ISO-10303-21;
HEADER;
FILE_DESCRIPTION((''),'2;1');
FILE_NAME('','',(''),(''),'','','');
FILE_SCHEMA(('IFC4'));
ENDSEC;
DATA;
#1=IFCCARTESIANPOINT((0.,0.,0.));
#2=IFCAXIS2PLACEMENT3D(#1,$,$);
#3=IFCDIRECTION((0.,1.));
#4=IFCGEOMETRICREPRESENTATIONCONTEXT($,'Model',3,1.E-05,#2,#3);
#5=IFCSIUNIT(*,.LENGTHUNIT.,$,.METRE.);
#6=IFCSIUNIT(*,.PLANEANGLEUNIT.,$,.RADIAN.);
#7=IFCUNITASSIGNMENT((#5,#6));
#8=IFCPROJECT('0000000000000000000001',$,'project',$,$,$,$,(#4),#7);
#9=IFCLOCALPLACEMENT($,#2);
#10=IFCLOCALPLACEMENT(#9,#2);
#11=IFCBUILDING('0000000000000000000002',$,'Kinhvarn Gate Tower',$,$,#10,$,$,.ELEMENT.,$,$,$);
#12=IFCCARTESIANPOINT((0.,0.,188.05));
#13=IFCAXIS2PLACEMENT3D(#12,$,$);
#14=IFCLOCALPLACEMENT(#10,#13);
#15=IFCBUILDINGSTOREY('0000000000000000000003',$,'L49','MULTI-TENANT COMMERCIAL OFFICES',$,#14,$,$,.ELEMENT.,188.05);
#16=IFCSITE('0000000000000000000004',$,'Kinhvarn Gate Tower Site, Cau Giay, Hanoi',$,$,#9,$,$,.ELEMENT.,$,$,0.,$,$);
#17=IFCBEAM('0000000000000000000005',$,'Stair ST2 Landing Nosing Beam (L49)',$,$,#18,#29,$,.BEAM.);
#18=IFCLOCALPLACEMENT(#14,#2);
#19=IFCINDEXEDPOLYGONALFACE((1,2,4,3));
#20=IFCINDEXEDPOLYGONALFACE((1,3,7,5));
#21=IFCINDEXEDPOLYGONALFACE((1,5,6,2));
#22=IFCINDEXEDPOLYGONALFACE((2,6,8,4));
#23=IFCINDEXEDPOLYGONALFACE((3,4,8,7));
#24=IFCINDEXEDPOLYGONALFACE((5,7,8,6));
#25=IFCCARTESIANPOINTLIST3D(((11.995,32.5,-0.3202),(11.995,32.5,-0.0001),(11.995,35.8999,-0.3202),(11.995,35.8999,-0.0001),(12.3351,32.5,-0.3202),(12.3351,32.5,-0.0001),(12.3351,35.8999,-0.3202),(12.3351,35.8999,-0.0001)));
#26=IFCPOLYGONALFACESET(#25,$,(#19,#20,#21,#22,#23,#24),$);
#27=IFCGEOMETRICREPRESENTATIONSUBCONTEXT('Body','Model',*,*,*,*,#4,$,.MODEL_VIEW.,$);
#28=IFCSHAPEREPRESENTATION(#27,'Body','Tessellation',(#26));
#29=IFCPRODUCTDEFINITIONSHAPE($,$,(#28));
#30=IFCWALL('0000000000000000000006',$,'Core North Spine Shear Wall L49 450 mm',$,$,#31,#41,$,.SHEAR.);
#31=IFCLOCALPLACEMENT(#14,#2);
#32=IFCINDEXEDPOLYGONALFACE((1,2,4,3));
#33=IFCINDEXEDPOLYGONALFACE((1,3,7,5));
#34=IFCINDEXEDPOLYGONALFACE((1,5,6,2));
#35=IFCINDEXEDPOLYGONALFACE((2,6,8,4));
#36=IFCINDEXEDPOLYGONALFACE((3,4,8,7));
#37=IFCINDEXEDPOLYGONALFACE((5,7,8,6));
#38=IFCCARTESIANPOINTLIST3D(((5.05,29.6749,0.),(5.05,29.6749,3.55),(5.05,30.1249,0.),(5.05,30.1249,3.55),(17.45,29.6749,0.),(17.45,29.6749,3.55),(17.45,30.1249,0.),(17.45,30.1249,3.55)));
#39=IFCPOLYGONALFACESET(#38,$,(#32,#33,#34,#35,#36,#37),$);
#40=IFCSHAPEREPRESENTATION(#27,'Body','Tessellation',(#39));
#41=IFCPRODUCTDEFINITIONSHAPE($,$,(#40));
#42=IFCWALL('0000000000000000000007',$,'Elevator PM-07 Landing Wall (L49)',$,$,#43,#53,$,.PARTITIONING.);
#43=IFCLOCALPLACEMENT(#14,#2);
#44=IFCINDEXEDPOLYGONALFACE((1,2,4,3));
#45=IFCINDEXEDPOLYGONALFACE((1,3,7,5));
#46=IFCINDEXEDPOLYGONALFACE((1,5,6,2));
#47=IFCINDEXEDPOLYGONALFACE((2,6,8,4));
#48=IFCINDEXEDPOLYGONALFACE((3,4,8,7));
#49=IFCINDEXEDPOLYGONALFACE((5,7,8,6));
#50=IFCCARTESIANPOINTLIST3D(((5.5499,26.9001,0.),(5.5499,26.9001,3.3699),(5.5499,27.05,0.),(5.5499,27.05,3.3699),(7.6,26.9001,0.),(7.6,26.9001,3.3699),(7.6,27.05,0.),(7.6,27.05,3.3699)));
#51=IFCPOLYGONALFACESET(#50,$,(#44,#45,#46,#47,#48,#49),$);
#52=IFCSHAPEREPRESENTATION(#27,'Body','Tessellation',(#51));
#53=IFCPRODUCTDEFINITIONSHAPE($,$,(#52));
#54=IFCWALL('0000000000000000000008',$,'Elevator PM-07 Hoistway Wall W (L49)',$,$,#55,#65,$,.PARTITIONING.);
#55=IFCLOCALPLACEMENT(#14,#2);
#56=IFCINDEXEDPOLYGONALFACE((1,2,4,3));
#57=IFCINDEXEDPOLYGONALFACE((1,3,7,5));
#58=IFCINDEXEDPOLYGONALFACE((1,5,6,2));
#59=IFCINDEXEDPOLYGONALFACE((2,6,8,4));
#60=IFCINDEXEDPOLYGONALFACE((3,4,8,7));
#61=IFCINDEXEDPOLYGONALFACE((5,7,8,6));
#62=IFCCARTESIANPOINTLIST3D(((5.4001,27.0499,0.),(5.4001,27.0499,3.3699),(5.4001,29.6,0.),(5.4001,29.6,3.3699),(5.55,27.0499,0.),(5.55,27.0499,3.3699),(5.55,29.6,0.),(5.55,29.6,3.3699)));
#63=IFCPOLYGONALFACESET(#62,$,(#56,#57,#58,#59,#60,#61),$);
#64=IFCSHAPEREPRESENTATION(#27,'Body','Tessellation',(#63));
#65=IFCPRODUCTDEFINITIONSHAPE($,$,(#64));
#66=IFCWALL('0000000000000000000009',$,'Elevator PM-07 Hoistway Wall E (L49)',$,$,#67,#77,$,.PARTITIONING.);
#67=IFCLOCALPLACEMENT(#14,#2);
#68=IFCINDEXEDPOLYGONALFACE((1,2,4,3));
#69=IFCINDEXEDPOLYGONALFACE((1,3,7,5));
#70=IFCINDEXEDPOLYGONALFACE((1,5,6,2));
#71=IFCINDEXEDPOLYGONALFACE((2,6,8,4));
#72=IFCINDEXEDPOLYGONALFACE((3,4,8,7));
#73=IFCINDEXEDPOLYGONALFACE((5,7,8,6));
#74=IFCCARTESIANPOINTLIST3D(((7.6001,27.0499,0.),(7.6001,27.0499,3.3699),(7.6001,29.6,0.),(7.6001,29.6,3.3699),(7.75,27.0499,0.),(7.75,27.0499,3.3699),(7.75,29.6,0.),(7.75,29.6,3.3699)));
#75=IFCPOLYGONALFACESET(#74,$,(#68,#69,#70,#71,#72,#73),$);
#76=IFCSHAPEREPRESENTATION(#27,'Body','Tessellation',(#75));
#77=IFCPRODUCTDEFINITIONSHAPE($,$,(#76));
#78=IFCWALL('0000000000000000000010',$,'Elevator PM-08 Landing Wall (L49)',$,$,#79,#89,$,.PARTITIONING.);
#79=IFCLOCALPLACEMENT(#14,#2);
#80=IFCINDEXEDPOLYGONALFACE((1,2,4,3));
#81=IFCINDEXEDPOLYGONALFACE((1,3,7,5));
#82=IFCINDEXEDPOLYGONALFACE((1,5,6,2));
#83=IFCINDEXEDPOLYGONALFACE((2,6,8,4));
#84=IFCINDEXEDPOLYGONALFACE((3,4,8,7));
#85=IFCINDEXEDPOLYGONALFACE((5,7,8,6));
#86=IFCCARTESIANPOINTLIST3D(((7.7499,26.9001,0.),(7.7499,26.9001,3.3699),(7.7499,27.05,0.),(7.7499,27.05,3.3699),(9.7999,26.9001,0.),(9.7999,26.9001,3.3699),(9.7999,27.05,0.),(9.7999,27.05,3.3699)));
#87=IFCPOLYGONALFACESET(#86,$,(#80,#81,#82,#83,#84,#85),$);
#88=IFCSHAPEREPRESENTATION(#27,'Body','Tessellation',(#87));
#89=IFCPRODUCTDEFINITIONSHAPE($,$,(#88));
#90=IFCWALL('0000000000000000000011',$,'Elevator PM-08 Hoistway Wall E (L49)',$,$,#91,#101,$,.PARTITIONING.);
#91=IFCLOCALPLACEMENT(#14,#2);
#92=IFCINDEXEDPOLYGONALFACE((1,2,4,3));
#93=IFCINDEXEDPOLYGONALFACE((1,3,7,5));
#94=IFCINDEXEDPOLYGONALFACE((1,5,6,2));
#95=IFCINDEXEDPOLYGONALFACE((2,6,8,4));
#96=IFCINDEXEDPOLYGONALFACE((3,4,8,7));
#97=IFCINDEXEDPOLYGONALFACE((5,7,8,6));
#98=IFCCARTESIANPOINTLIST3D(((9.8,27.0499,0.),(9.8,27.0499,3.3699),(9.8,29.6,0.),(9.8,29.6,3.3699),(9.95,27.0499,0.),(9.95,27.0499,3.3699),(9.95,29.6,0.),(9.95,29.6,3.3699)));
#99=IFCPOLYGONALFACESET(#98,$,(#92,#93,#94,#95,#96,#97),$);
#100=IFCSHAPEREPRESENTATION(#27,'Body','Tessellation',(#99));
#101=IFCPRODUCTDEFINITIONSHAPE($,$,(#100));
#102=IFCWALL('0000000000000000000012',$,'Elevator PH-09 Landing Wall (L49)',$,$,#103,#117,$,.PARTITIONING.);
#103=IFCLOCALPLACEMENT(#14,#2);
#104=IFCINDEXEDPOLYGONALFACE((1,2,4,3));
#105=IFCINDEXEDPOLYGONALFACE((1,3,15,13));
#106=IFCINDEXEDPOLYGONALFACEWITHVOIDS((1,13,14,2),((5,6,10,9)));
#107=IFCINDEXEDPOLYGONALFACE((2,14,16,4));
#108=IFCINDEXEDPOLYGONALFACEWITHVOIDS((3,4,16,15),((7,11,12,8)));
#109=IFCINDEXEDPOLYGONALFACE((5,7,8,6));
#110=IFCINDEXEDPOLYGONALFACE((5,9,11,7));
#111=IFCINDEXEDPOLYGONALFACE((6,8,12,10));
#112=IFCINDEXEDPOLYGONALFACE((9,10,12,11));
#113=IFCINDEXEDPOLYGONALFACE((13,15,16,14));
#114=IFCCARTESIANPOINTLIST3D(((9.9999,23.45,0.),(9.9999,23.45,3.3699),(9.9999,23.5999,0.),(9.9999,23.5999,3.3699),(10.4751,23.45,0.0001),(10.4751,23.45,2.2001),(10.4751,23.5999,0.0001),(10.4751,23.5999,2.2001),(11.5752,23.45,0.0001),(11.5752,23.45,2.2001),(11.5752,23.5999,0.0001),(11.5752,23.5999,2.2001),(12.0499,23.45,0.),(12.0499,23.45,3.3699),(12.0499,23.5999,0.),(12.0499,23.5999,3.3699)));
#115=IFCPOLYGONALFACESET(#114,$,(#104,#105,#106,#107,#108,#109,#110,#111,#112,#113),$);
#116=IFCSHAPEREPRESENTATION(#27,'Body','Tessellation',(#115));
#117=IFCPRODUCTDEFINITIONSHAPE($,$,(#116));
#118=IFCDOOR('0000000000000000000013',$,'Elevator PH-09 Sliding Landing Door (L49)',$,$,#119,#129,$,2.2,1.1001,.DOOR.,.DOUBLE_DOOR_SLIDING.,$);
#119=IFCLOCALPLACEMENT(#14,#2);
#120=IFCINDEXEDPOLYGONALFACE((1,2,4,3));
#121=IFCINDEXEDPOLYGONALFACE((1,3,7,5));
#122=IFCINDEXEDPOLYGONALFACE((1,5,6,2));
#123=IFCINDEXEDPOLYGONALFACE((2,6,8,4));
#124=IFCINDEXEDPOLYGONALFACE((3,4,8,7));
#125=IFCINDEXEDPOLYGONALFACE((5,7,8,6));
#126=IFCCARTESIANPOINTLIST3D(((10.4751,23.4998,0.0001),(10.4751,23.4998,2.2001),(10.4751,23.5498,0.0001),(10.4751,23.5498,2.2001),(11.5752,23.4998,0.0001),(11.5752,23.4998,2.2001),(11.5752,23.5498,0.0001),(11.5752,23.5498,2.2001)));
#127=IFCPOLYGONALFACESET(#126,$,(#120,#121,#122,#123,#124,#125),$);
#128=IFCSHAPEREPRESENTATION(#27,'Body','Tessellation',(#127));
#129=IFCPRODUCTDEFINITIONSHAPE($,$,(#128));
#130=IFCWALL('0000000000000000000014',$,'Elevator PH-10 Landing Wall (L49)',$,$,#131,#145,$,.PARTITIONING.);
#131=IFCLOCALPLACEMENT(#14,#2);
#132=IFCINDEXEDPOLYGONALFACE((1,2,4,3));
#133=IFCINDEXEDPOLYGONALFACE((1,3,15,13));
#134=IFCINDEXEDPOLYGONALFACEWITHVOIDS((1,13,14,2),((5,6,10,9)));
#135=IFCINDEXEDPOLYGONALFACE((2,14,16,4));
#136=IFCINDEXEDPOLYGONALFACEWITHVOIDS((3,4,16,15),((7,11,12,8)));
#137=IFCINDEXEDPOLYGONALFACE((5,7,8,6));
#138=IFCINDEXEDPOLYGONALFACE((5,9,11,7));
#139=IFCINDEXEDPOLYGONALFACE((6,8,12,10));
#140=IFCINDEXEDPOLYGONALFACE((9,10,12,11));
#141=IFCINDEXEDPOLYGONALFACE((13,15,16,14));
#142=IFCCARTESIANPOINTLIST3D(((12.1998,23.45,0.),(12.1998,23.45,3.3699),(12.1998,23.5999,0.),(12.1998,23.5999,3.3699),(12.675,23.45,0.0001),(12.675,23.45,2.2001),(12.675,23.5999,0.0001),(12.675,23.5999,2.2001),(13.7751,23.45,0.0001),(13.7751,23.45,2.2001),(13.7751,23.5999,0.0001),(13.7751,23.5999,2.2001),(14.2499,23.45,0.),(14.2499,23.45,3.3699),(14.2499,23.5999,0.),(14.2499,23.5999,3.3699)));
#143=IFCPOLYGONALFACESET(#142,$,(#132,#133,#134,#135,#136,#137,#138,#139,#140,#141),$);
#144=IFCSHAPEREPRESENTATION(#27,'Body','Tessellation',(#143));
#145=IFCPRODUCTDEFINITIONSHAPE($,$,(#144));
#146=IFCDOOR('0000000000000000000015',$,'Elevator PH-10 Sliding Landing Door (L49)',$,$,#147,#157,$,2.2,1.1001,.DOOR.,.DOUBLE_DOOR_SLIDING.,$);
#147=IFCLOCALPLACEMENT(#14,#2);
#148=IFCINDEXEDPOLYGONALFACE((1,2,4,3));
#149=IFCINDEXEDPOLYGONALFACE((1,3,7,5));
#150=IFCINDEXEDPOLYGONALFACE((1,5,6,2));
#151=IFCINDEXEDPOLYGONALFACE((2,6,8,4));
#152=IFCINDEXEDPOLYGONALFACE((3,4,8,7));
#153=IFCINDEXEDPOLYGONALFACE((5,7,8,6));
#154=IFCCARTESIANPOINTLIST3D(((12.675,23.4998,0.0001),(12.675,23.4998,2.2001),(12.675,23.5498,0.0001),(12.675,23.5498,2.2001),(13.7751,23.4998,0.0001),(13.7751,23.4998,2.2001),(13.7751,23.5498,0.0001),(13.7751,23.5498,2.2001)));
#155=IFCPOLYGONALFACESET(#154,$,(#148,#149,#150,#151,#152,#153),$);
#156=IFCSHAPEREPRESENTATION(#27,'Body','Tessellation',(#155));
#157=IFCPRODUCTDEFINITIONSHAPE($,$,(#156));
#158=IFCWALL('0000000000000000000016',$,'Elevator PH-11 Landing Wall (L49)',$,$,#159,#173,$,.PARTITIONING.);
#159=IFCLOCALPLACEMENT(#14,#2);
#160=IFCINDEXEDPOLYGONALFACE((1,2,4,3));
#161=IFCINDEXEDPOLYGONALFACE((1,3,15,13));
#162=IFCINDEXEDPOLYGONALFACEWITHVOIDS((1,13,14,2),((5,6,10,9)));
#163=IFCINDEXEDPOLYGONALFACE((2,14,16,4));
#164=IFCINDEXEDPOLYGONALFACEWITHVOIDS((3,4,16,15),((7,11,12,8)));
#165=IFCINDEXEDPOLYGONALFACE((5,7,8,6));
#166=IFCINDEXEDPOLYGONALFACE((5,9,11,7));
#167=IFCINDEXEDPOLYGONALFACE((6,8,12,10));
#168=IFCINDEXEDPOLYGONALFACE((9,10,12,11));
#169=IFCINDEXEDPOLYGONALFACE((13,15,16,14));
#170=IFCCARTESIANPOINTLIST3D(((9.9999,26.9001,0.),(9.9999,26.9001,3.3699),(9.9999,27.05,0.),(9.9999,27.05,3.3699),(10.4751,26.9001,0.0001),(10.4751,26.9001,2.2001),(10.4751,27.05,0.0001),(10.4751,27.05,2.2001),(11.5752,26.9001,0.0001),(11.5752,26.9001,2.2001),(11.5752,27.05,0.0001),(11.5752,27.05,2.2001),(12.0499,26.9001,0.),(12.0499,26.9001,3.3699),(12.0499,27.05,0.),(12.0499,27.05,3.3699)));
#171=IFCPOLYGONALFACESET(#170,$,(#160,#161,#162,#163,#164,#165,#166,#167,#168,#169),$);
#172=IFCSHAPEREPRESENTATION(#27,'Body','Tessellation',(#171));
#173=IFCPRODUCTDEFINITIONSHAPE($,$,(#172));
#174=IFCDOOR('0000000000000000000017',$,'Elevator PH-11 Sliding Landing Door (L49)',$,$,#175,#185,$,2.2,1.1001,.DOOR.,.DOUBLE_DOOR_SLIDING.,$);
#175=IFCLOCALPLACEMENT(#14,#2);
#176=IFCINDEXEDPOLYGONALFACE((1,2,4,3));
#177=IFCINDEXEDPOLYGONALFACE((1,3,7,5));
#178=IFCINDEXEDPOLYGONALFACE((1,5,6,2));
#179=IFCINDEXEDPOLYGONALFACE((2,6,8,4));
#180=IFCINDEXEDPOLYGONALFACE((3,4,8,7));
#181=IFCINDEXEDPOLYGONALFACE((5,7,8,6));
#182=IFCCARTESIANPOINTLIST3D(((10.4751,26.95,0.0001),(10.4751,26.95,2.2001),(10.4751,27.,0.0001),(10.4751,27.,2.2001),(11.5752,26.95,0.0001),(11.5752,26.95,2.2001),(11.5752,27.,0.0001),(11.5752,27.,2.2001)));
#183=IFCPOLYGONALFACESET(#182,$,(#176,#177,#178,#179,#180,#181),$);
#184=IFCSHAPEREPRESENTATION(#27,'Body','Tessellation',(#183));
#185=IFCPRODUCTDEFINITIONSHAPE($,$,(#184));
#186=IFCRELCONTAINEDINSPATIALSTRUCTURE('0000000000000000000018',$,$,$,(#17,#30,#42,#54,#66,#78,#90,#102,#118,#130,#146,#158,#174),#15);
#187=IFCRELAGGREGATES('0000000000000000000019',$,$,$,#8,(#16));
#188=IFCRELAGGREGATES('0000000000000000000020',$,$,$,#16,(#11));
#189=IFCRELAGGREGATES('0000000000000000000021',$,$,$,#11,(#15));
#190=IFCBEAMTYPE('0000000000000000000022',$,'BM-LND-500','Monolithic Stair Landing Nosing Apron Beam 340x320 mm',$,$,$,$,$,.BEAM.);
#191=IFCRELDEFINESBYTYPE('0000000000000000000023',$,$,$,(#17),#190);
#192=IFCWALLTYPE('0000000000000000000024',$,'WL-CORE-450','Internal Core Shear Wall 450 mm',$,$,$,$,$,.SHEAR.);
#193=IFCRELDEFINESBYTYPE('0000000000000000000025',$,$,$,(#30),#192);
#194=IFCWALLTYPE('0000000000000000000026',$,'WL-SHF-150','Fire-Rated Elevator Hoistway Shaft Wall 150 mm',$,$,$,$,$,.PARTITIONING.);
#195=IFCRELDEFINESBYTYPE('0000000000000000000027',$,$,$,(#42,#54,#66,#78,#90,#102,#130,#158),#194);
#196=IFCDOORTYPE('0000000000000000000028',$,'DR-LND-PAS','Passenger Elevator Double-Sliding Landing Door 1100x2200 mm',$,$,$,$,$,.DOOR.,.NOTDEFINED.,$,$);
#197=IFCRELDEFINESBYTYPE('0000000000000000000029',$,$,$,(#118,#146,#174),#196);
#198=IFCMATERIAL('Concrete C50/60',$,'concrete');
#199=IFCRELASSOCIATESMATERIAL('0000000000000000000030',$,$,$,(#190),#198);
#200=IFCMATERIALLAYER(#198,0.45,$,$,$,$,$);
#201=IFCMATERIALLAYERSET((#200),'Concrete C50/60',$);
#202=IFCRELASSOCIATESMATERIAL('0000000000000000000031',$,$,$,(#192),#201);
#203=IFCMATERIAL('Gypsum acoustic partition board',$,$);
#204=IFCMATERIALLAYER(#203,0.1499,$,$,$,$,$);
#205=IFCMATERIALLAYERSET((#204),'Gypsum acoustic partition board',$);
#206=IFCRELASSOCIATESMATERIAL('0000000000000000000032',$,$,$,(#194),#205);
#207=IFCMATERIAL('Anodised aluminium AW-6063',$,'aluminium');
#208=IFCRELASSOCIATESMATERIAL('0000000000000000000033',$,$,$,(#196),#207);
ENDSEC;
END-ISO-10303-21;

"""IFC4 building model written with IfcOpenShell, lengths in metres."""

from ifc_helpers import new_model, si_unit, direction, frame, frame_2d, origin, origin_2d, place, context, subcontext, project, spatial, rectangle, extrude, material, layer, layer_set, material_profile, profile_set, type_object, element, fill, save


model = new_model("IFC4")

# Units and contexts
model_context = context("Model", 3, precision=1e-05, world=origin(), true_north=direction((0.0, 1.0)))
body_context = subcontext(model_context, "Body", "Model", "MODEL_VIEW")
ifc_project = project(units=[si_unit("LENGTHUNIT", "METRE"), si_unit("PLANEANGLEUNIT", "RADIAN")], contexts=[model_context])

# Site, building, storey
site_placement = place(None, origin())
site = spatial("IfcSite", under=ifc_project, at=site_placement, Name="Kinhvarn Gate Tower Site, Cau Giay, Hanoi", CompositionType="ELEMENT", RefElevation=0.0)
building_placement = place(site_placement, origin())
building = spatial("IfcBuilding", under=site, at=building_placement, Name="Kinhvarn Gate Tower", CompositionType="ELEMENT")
storey_placement = place(building_placement, frame((0.0, 0.0, 188.05)))
storey = spatial("IfcBuildingStorey", under=building, at=storey_placement, Name="L49", Description="MULTI-TENANT COMMERCIAL OFFICES", CompositionType="ELEMENT", Elevation=188.05)

# Beam
ifc_material_1 = material(Name="Concrete C50/60", Category="concrete")
ifc_material_profile = material_profile(ifc_material_1, rectangle(XDim=0.3401, YDim=0.3201, at=origin_2d()), Name="RC 340x320")
ifc_profile_set = profile_set([ifc_material_profile], Name="Concrete C50/60")
beam_type = type_object("IfcBeamType", Name="BM-LND-500", Description="Monolithic Stair Landing Nosing Apron Beam 340x320 mm", PredefinedType="BEAM", material=ifc_profile_set)
beam_placement = place(storey_placement, frame((12.165, 32.5, -0.1602), z_axis=(0.0, 1.0, 0.0), x_axis=(-1.0, 0.0, 0.0)))
element("IfcBeam", 1, at=beam_placement, inside=storey, type_object=beam_type, Name="Stair ST2 Landing Nosing Beam (L49)", PredefinedType="BEAM", context=body_context, shape_type="SweptSolid", body=[
    extrude(rectangle(XDim=0.3401, YDim=0.3201, at=origin_2d()), origin(), (0.0, 0.0, 1.0), 3.3999),
])

# Walls
ifc_layer_1 = layer(ifc_material_1, 0.45)
ifc_layer_set_1 = layer_set([ifc_layer_1], Name="Concrete C50/60")
wall_type_1 = type_object("IfcWallType", Name="WL-CORE-450", Description="Internal Core Shear Wall 450 mm", PredefinedType="SHEAR", material=ifc_layer_set_1)
wall_1_placement = place(storey_placement, frame((5.05, 29.8999, 0.0), z_axis=(0.0, 0.0, 1.0), x_axis=(1.0, 0.0, 0.0)))
element("IfcWall", 2, at=wall_1_placement, inside=storey, type_object=wall_type_1, Name="Core North Spine Shear Wall L49 450 mm", PredefinedType="SHEAR", context=body_context, shape_type="SweptSolid", body=[
    extrude(rectangle(XDim=12.3999, YDim=0.45, at=frame_2d((6.2, 0.0))), origin(), (0.0, 0.0, 1.0), 3.55),
])
ifc_material_2 = material(Name="Gypsum acoustic partition board")
ifc_layer_2 = layer(ifc_material_2, 0.1499)
ifc_layer_set_2 = layer_set([ifc_layer_2], Name="Gypsum acoustic partition board")
wall_type_2 = type_object("IfcWallType", Name="WL-SHF-150", Description="Fire-Rated Elevator Hoistway Shaft Wall 150 mm", PredefinedType="PARTITIONING", material=ifc_layer_set_2)
wall_2_placement = place(storey_placement, frame((5.55, 26.9751, 0.0), z_axis=(0.0, 0.0, 1.0), x_axis=(1.0, 0.0, 0.0)))
element("IfcWall", 3, at=wall_2_placement, inside=storey, type_object=wall_type_2, Name="Elevator PM-07 Landing Wall (L49)", PredefinedType="PARTITIONING", context=body_context, shape_type="SweptSolid", body=[
    extrude(rectangle(XDim=2.05, YDim=0.1499, at=frame_2d((1.0249, 0.0))), origin(), (0.0, 0.0, 1.0), 3.3699),
])
for number, where, z_axis, x_axis, name in (
    (4, (5.4751, 27.05, 0.0), (0.0, 0.0, 1.0), (0.0, 1.0, 0.0), "Elevator PM-07 Hoistway Wall W (L49)"),
    (5, (7.675, 27.05, 0.0), (0.0, 0.0, 1.0), (0.0, 1.0, 0.0), "Elevator PM-07 Hoistway Wall E (L49)"),
):
    element("IfcWall", number, at=place(storey_placement, frame(where, z_axis=z_axis, x_axis=x_axis)), inside=storey, type_object=wall_type_2, Name=name, PredefinedType="PARTITIONING", context=body_context, shape_type="SweptSolid", body=[
        extrude(rectangle(XDim=2.55, YDim=0.1499, at=frame_2d((1.2749, 0.0))), origin(), (0.0, 0.0, 1.0), 3.3699),
    ])
wall_3_placement = place(storey_placement, frame((7.75, 26.9751, 0.0), z_axis=(0.0, 0.0, 1.0), x_axis=(1.0, 0.0, 0.0)))
element("IfcWall", 6, at=wall_3_placement, inside=storey, type_object=wall_type_2, Name="Elevator PM-08 Landing Wall (L49)", PredefinedType="PARTITIONING", context=body_context, shape_type="SweptSolid", body=[
    extrude(rectangle(XDim=2.05, YDim=0.1499, at=frame_2d((1.0249, 0.0))), origin(), (0.0, 0.0, 1.0), 3.3699),
])
wall_4_placement = place(storey_placement, frame((9.875, 27.05, 0.0), z_axis=(0.0, 0.0, 1.0), x_axis=(0.0, 1.0, 0.0)))
element("IfcWall", 7, at=wall_4_placement, inside=storey, type_object=wall_type_2, Name="Elevator PM-08 Hoistway Wall E (L49)", PredefinedType="PARTITIONING", context=body_context, shape_type="SweptSolid", body=[
    extrude(rectangle(XDim=2.55, YDim=0.1499, at=frame_2d((1.2749, 0.0))), origin(), (0.0, 0.0, 1.0), 3.3699),
])

# Walls, openings, doors
wall_5_placement = place(storey_placement, frame((10.0, 23.5249, 0.0), z_axis=(0.0, 0.0, 1.0), x_axis=(1.0, 0.0, 0.0)))
wall_5 = element("IfcWall", 8, at=wall_5_placement, inside=storey, type_object=wall_type_2, Name="Elevator PH-09 Landing Wall (L49)", PredefinedType="PARTITIONING", context=body_context, shape_type="SweptSolid", body=[
    extrude(rectangle(XDim=2.05, YDim=0.1499, at=frame_2d((1.0249, 0.0))), origin(), (0.0, 0.0, 1.0), 3.3699),
])
opening_1_placement = place(wall_5_placement, frame((0.4751, 0.0, 0.0)))
opening_1 = element("IfcOpeningElement", 9, at=opening_1_placement, cuts=wall_5, PredefinedType="OPENING", context=body_context, shape_type="SweptSolid", body=[
    extrude(rectangle(XDim=1.1001, YDim=2.2, at=frame_2d((0.55, 1.1001))), frame((0.0, 0.085, 0.0), z_axis=(0.0, -1.0, 0.0), x_axis=(1.0, 0.0, 0.0)), (0.0, 0.0, 1.0), 0.1699),
])
ifc_material_3 = material(Name="Anodised aluminium AW-6063", Category="aluminium")
door_type = type_object("IfcDoorType", Name="DR-LND-PAS", Description="Passenger Elevator Double-Sliding Landing Door 1100x2200 mm", OperationType="NOTDEFINED", PredefinedType="DOOR", material=ifc_material_3)
door_1_placement = place(opening_1_placement, origin())
door_1 = element("IfcDoor", 10, at=door_1_placement, inside=storey, type_object=door_type, Name="Elevator PH-09 Sliding Landing Door (L49)", OperationType="DOUBLE_DOOR_SLIDING", OverallHeight=2.2, OverallWidth=1.1001, PredefinedType="DOOR", context=body_context, shape_type="SweptSolid", body=[
    extrude(rectangle(XDim=1.1001, YDim=2.2, at=frame_2d((0.55, 1.1001))), frame((0.0, 0.0249, 0.0), z_axis=(0.0, -1.0, 0.0), x_axis=(1.0, 0.0, 0.0)), (0.0, 0.0, 1.0), 0.05),
])
fill(opening_1, door_1)
wall_6_placement = place(storey_placement, frame((12.2, 23.5249, 0.0), z_axis=(0.0, 0.0, 1.0), x_axis=(1.0, 0.0, 0.0)))
wall_6 = element("IfcWall", 11, at=wall_6_placement, inside=storey, type_object=wall_type_2, Name="Elevator PH-10 Landing Wall (L49)", PredefinedType="PARTITIONING", context=body_context, shape_type="SweptSolid", body=[
    extrude(rectangle(XDim=2.05, YDim=0.1499, at=frame_2d((1.0249, 0.0))), origin(), (0.0, 0.0, 1.0), 3.3699),
])
opening_2_placement = place(wall_6_placement, frame((0.4751, 0.0, 0.0)))
opening_2 = element("IfcOpeningElement", 12, at=opening_2_placement, cuts=wall_6, PredefinedType="OPENING", context=body_context, shape_type="SweptSolid", body=[
    extrude(rectangle(XDim=1.1001, YDim=2.2, at=frame_2d((0.55, 1.1001))), frame((0.0, 0.085, 0.0), z_axis=(0.0, -1.0, 0.0), x_axis=(1.0, 0.0, 0.0)), (0.0, 0.0, 1.0), 0.1699),
])
door_2_placement = place(opening_2_placement, origin())
door_2 = element("IfcDoor", 13, at=door_2_placement, inside=storey, type_object=door_type, Name="Elevator PH-10 Sliding Landing Door (L49)", OperationType="DOUBLE_DOOR_SLIDING", OverallHeight=2.2, OverallWidth=1.1001, PredefinedType="DOOR", context=body_context, shape_type="SweptSolid", body=[
    extrude(rectangle(XDim=1.1001, YDim=2.2, at=frame_2d((0.55, 1.1001))), frame((0.0, 0.0249, 0.0), z_axis=(0.0, -1.0, 0.0), x_axis=(1.0, 0.0, 0.0)), (0.0, 0.0, 1.0), 0.05),
])
fill(opening_2, door_2)
wall_7_placement = place(storey_placement, frame((10.0, 26.9751, 0.0), z_axis=(0.0, 0.0, 1.0), x_axis=(1.0, 0.0, 0.0)))
wall_7 = element("IfcWall", 14, at=wall_7_placement, inside=storey, type_object=wall_type_2, Name="Elevator PH-11 Landing Wall (L49)", PredefinedType="PARTITIONING", context=body_context, shape_type="SweptSolid", body=[
    extrude(rectangle(XDim=2.05, YDim=0.1499, at=frame_2d((1.0249, 0.0))), origin(), (0.0, 0.0, 1.0), 3.3699),
])
opening_3_placement = place(wall_7_placement, frame((0.4751, 0.0, 0.0)))
opening_3 = element("IfcOpeningElement", 15, at=opening_3_placement, cuts=wall_7, PredefinedType="OPENING", context=body_context, shape_type="SweptSolid", body=[
    extrude(rectangle(XDim=1.1001, YDim=2.2, at=frame_2d((0.55, 1.1001))), frame((0.0, 0.085, 0.0), z_axis=(0.0, -1.0, 0.0), x_axis=(1.0, 0.0, 0.0)), (0.0, 0.0, 1.0), 0.1699),
])
door_3_placement = place(opening_3_placement, origin())
door_3 = element("IfcDoor", 16, at=door_3_placement, inside=storey, type_object=door_type, Name="Elevator PH-11 Sliding Landing Door (L49)", OperationType="DOUBLE_DOOR_SLIDING", OverallHeight=2.2, OverallWidth=1.1001, PredefinedType="DOOR", context=body_context, shape_type="SweptSolid", body=[
    extrude(rectangle(XDim=1.1001, YDim=2.2, at=frame_2d((0.55, 1.1001))), frame((0.0, 0.0249, 0.0), z_axis=(0.0, -1.0, 0.0), x_axis=(1.0, 0.0, 0.0)), (0.0, 0.0, 1.0), 0.05),
])
fill(opening_3, door_3)

save(model, "model.ifc")
